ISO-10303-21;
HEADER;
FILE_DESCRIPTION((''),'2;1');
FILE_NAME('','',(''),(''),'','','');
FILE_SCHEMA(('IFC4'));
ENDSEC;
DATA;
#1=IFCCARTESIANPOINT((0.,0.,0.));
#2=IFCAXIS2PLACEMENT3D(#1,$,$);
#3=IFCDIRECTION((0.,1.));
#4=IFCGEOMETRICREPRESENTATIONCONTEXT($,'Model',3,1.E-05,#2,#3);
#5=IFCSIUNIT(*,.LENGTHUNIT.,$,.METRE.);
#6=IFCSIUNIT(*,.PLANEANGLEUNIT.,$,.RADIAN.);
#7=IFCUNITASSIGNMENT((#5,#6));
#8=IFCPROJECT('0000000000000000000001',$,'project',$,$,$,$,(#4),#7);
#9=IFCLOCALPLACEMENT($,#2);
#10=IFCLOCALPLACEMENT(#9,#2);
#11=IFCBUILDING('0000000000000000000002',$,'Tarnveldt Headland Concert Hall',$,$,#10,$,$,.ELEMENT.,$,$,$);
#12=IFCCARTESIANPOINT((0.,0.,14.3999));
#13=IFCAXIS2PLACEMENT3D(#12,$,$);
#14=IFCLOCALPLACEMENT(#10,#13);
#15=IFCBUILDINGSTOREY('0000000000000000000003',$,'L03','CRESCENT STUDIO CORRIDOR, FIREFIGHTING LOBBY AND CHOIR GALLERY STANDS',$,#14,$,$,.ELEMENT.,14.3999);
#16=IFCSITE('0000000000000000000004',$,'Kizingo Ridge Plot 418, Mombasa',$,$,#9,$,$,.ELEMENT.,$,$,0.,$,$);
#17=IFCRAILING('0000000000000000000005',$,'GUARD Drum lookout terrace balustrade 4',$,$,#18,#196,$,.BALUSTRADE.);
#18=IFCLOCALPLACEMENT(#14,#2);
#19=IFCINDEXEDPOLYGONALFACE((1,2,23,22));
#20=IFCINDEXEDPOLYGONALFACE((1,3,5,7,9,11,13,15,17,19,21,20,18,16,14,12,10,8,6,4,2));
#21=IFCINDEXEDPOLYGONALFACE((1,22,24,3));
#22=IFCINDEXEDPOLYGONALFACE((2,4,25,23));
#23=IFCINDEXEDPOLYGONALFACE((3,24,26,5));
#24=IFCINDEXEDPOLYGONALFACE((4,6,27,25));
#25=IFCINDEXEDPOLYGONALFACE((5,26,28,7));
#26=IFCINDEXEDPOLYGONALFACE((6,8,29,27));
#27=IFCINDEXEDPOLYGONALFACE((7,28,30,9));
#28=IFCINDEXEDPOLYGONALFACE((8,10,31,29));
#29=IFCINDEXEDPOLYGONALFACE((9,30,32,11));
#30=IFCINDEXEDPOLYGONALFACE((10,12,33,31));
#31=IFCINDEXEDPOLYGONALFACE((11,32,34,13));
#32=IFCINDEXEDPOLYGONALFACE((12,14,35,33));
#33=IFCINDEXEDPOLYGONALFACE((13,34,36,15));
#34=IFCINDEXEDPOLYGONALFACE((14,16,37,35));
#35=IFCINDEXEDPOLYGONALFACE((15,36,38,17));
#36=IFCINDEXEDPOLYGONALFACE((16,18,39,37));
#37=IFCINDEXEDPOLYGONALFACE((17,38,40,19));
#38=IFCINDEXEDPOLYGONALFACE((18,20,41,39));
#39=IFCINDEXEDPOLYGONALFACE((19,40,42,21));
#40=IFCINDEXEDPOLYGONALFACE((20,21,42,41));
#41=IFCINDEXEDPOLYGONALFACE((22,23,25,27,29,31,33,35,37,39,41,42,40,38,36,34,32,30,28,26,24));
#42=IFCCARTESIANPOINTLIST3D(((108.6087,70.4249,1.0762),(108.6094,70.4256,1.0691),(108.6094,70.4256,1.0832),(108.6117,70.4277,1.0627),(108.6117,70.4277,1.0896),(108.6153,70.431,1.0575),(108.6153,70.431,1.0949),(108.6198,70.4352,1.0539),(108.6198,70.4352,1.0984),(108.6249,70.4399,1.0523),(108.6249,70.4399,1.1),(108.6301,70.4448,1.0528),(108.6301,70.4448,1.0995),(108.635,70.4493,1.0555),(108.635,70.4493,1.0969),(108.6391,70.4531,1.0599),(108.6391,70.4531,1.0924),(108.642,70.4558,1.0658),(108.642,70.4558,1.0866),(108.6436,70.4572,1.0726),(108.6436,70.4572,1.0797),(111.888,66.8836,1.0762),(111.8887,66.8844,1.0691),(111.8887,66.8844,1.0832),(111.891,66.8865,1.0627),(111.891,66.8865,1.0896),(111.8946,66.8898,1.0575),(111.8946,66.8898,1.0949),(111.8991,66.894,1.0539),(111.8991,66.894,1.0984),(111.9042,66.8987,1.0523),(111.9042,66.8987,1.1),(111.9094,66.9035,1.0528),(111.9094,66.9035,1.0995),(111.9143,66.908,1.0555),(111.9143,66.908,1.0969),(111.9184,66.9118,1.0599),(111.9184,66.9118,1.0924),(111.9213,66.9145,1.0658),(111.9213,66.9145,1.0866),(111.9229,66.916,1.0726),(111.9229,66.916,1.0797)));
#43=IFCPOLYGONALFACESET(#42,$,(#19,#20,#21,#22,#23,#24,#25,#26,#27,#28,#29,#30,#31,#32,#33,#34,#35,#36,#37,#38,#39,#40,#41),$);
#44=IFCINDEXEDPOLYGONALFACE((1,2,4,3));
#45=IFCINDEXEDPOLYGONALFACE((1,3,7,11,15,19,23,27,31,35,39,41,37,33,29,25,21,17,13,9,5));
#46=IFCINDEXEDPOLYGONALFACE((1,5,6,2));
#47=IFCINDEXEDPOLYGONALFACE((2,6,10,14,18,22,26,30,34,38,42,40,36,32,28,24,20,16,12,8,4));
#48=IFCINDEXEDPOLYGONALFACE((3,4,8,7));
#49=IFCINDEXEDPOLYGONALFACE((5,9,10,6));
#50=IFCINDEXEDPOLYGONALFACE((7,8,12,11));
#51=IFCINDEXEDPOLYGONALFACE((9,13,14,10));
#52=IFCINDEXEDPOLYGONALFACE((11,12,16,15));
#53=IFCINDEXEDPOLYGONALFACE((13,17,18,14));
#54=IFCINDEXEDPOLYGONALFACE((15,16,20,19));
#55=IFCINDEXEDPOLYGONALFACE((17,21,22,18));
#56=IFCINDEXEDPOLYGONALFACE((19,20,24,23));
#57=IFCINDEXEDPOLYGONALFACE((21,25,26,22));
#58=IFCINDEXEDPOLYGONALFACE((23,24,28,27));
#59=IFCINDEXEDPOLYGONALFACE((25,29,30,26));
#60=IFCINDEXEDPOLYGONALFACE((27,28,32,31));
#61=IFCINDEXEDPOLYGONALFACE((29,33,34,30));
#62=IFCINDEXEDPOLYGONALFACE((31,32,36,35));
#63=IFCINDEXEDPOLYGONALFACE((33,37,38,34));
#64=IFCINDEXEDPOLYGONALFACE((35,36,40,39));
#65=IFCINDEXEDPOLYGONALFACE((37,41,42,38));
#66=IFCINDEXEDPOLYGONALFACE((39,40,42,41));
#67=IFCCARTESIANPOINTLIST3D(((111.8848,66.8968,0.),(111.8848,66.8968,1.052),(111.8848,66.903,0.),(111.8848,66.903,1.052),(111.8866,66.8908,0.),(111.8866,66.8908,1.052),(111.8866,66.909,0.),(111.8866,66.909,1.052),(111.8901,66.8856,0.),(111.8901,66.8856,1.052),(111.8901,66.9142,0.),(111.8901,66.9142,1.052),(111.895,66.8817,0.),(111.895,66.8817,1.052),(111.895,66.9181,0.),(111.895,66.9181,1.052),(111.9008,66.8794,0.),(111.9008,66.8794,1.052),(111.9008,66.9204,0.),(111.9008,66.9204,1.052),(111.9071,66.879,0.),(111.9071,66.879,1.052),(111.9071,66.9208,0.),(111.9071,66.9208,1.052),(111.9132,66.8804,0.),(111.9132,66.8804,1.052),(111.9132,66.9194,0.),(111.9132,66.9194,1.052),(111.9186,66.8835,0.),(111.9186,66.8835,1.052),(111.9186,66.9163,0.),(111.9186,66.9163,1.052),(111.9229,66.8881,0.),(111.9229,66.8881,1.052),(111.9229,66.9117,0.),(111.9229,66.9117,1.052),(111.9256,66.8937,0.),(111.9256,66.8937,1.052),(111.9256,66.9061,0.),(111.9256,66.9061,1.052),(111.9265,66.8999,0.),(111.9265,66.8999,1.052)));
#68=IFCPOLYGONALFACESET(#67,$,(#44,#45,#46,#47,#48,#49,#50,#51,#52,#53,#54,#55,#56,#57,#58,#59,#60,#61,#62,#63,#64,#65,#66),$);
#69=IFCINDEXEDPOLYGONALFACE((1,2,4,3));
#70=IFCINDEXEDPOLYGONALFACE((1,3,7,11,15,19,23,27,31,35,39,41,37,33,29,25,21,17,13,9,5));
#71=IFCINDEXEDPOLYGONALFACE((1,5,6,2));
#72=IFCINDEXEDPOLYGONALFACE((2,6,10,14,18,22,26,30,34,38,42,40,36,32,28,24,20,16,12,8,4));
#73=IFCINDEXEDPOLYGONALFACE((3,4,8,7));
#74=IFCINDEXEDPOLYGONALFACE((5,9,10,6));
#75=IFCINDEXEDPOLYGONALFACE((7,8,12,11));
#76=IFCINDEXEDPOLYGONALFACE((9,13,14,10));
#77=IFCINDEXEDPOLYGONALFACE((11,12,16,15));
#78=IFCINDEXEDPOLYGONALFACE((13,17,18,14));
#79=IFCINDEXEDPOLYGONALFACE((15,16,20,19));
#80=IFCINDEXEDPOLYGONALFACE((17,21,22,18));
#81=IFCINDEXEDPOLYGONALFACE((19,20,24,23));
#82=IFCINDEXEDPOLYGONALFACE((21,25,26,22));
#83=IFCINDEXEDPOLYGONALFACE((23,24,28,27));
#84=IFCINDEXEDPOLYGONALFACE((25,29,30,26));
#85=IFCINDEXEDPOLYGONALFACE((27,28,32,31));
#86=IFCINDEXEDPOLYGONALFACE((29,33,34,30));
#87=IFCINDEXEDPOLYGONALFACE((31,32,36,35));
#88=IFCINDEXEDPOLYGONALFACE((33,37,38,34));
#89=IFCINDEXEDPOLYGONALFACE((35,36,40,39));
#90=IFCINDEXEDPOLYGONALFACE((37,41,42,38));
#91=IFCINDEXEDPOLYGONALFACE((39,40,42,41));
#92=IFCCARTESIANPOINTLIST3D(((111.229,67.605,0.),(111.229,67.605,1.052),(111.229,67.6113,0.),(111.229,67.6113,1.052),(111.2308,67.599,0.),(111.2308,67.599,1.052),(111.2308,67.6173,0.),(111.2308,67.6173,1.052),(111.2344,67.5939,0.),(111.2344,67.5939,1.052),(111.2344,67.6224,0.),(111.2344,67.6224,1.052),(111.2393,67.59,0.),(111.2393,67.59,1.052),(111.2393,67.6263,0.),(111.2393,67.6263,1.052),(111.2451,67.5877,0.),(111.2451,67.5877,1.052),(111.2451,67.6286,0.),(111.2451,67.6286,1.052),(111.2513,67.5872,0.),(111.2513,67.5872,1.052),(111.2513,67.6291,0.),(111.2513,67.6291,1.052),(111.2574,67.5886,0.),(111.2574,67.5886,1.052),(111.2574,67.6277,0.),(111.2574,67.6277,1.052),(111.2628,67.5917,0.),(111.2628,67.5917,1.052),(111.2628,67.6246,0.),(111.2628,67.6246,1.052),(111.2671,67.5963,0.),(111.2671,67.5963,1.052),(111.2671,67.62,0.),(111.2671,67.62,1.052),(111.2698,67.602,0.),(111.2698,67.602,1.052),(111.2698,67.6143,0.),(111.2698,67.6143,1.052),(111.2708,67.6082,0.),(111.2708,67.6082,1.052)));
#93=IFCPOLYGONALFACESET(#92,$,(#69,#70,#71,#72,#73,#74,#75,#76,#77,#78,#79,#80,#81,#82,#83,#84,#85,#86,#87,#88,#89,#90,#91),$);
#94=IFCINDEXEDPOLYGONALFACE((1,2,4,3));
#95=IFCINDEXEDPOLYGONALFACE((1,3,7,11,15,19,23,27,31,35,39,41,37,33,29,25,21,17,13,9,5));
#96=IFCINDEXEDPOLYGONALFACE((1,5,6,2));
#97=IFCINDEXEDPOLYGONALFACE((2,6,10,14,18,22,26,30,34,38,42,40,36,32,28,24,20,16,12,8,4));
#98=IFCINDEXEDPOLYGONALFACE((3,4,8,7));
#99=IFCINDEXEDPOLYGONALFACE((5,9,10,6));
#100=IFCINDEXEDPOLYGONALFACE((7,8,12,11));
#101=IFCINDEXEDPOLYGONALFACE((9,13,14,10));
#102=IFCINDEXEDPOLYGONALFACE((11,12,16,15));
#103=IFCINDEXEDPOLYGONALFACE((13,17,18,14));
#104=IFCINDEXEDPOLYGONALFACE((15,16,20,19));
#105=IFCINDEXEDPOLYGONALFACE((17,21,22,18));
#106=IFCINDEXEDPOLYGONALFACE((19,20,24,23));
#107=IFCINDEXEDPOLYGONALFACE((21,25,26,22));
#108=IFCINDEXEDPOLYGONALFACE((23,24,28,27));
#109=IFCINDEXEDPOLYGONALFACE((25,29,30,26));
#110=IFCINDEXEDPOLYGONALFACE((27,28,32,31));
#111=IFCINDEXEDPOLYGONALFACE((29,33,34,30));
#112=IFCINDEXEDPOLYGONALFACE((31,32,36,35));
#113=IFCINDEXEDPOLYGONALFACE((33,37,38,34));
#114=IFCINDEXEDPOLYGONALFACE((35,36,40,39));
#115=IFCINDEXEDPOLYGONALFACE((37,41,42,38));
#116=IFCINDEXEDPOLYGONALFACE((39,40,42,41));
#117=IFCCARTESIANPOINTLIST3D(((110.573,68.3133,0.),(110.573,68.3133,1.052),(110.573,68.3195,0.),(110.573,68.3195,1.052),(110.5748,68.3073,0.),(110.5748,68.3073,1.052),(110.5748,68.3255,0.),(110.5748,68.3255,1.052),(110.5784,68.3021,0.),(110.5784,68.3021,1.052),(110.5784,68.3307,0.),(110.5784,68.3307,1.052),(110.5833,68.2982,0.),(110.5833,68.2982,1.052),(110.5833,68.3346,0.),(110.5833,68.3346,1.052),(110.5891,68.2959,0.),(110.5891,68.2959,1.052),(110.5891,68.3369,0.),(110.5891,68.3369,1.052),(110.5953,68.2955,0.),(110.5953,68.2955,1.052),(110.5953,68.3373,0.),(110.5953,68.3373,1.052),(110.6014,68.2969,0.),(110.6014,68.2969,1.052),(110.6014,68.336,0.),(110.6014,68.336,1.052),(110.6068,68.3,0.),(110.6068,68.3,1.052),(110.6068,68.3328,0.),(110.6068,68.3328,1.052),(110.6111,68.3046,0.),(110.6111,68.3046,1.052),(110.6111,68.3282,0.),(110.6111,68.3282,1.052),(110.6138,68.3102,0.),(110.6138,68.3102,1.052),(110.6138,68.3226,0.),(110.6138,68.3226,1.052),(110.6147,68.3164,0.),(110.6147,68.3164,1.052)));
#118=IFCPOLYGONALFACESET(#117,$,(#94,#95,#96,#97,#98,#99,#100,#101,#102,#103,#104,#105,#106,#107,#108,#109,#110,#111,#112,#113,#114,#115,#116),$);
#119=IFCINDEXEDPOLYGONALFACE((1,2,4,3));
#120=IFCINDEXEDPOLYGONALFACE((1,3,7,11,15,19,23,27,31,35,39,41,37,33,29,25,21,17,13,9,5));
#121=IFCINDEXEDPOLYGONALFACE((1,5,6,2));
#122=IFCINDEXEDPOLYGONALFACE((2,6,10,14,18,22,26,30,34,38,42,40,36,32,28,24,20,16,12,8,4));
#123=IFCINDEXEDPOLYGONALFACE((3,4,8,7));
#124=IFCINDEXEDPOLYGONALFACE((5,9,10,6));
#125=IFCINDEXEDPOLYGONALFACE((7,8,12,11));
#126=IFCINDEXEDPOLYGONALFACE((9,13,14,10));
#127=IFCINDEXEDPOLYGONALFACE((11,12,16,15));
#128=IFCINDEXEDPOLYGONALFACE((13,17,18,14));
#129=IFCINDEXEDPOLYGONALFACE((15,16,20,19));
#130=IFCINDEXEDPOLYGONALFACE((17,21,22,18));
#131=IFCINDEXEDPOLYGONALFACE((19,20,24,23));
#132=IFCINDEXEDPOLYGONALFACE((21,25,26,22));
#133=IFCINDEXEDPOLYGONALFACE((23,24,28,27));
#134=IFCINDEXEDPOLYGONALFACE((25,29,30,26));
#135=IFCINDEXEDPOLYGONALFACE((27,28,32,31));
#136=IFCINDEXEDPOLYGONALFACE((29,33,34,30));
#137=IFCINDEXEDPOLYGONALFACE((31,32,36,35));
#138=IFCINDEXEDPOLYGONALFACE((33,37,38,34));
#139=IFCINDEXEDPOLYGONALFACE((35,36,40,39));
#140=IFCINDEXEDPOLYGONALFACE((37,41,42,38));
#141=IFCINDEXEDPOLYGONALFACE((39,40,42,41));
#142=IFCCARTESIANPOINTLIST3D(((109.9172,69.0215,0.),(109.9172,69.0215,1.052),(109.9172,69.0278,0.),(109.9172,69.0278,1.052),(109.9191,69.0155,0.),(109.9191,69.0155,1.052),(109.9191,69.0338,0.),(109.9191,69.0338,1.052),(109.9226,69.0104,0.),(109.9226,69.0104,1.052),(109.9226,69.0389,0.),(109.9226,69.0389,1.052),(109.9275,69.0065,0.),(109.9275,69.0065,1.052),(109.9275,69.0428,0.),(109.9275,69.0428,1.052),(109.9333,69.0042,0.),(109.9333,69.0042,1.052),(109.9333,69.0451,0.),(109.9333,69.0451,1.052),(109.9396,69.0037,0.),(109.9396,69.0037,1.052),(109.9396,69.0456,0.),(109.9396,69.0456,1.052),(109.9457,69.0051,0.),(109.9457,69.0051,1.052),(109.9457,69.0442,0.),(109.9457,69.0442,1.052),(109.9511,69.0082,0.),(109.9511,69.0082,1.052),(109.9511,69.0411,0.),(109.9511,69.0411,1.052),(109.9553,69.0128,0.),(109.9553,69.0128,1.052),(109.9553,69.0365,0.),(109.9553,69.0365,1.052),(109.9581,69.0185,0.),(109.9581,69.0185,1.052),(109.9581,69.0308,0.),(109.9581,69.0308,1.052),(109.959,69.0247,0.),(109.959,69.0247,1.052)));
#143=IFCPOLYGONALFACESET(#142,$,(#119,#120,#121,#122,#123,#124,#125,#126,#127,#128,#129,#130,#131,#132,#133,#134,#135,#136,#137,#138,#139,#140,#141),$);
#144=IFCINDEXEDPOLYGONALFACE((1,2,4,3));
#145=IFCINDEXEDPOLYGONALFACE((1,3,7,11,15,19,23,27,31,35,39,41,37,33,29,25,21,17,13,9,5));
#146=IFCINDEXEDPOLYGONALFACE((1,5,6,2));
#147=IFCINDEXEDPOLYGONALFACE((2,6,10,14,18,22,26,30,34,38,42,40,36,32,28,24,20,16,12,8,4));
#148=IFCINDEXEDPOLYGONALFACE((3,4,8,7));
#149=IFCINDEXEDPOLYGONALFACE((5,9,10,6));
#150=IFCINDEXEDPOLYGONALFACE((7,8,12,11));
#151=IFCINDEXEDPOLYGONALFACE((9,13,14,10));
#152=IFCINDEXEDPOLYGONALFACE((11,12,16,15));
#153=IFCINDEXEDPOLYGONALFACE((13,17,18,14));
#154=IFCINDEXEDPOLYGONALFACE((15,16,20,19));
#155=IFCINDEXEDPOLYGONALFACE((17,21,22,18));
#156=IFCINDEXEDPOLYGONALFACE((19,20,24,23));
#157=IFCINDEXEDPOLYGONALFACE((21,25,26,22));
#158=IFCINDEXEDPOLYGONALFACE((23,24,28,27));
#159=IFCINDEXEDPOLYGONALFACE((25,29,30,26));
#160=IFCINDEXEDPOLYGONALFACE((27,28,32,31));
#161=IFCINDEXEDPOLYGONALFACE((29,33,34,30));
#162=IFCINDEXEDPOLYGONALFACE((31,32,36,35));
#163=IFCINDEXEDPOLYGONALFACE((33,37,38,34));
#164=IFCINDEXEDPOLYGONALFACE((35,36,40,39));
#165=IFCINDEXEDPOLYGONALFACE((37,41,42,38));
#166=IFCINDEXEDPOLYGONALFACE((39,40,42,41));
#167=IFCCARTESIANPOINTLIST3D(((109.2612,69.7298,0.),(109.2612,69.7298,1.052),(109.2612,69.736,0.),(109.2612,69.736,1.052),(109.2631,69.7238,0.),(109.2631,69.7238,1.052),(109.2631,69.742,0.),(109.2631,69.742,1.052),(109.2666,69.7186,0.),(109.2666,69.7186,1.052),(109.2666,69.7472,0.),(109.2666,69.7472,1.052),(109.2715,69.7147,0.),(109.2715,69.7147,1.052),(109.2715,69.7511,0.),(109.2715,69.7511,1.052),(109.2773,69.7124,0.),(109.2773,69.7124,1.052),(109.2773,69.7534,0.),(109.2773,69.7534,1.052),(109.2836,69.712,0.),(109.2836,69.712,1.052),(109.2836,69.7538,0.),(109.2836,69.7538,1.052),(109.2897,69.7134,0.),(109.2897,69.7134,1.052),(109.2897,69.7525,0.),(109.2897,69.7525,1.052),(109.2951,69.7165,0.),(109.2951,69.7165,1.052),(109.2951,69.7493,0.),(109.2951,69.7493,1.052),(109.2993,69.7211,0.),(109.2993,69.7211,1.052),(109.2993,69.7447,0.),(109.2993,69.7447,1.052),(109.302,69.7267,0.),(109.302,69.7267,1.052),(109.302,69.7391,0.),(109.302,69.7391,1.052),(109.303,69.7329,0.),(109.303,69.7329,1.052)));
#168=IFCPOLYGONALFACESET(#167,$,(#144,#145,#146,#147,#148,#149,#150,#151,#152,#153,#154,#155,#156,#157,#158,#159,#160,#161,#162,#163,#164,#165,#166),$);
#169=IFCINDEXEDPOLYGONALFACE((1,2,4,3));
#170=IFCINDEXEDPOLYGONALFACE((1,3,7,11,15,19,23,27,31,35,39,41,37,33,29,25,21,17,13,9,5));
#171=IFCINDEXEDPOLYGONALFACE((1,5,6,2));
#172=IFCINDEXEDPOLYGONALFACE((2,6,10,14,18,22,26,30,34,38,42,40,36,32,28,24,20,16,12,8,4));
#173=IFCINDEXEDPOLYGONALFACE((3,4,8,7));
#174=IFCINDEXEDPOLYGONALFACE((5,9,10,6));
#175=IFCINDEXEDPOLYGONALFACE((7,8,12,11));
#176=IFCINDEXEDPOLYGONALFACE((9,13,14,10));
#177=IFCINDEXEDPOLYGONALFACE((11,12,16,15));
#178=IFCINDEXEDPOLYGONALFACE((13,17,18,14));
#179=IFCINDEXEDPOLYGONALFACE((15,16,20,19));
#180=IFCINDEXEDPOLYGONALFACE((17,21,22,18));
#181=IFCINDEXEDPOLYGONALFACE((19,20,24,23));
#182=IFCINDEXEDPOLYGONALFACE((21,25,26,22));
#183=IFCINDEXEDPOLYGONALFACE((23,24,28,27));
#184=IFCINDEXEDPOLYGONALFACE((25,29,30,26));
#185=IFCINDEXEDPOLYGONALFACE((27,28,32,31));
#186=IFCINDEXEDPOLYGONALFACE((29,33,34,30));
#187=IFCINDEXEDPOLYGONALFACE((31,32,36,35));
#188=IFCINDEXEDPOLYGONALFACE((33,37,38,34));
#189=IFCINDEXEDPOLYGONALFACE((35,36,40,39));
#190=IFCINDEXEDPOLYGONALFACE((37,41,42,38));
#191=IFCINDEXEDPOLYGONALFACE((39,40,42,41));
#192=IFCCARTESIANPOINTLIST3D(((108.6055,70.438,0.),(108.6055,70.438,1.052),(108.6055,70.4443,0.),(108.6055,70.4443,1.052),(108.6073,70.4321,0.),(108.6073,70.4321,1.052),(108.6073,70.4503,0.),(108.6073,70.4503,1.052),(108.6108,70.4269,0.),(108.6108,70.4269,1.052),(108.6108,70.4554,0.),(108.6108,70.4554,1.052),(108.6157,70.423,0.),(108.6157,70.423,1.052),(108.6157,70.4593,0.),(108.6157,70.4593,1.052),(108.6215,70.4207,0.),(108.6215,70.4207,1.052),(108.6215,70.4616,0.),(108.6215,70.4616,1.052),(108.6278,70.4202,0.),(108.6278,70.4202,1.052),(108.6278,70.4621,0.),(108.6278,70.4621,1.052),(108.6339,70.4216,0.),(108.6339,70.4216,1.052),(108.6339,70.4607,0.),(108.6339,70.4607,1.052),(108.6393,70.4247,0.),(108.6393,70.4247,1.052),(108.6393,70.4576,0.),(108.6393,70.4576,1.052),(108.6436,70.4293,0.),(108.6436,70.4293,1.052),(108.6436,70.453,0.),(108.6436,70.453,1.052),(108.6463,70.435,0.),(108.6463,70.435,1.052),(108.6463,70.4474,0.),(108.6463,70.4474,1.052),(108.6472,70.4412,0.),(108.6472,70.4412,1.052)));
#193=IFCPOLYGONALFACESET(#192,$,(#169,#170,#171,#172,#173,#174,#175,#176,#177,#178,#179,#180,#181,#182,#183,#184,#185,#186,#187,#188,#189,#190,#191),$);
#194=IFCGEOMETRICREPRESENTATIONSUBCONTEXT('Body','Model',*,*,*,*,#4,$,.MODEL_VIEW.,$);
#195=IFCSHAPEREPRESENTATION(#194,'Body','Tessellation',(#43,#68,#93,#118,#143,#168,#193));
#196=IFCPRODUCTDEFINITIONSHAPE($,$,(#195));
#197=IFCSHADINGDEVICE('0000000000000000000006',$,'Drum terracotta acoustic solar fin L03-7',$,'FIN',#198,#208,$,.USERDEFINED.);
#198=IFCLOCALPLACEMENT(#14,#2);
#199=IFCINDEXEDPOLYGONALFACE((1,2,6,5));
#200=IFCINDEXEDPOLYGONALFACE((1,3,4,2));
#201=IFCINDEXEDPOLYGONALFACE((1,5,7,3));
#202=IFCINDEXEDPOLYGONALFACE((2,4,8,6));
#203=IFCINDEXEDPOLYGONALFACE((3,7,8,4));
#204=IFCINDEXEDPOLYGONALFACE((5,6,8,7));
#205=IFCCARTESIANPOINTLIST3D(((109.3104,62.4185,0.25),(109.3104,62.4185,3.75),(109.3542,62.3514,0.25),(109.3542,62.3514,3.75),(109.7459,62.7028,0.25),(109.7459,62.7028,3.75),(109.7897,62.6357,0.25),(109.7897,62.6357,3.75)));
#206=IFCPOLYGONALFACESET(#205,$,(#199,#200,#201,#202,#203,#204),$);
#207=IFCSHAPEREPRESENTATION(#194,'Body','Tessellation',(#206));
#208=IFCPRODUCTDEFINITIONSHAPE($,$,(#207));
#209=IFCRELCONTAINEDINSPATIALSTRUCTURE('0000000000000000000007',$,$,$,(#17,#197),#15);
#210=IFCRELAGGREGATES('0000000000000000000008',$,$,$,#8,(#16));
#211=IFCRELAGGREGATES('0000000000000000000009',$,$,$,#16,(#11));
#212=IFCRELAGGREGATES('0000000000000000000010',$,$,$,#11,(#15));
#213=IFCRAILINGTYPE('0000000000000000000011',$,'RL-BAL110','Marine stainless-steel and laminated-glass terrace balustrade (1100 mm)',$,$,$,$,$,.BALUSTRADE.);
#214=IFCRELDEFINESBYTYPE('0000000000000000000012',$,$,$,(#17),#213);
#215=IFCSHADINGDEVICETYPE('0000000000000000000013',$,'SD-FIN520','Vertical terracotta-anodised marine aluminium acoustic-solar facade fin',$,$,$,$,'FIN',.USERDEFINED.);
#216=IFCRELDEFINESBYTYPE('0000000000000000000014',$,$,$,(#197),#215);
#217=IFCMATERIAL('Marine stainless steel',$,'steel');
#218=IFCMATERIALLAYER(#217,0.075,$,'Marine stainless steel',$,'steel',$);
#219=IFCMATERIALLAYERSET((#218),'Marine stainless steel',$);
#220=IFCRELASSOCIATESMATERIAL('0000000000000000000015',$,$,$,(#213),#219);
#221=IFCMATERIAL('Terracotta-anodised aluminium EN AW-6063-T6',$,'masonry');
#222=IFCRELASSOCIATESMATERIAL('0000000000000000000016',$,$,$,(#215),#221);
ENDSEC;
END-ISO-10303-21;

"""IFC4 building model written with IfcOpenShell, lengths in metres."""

from ifc_helpers import new_model, si_unit, direction, frame, origin, origin_2d, place, context, subcontext, project, spatial, rectangle, circle, extrude, material, layer, layer_set, type_object, element, save


model = new_model("IFC4")

# Units and contexts
model_context = context("Model", 3, precision=1e-05, world=origin(), true_north=direction((0.0, 1.0)))
body_context = subcontext(model_context, "Body", "Model", "MODEL_VIEW")
ifc_project = project(units=[si_unit("LENGTHUNIT", "METRE"), si_unit("PLANEANGLEUNIT", "RADIAN")], contexts=[model_context])

# Site, building, storey
site_placement = place(None, origin())
site = spatial("IfcSite", under=ifc_project, at=site_placement, Name="Kizingo Ridge Plot 418, Mombasa", CompositionType="ELEMENT", RefElevation=0.0)
building_placement = place(site_placement, origin())
building = spatial("IfcBuilding", under=site, at=building_placement, Name="Tarnveldt Headland Concert Hall", CompositionType="ELEMENT")
storey_placement = place(building_placement, frame((0.0, 0.0, 14.3999)))
storey = spatial("IfcBuildingStorey", under=building, at=storey_placement, Name="L03", Description="CRESCENT STUDIO CORRIDOR, FIREFIGHTING LOBBY AND CHOIR GALLERY STANDS", CompositionType="ELEMENT", Elevation=14.3999)

# Railing
ifc_material_1 = material(Name="Marine stainless steel", Category="steel")
ifc_layer_1 = layer(ifc_material_1, 0.075, Name="Marine stainless steel", Category="steel")
ifc_layer_set_1 = layer_set([ifc_layer_1], Name="Marine stainless steel")
railing_type = type_object("IfcRailingType", Name="RL-BAL110", Description="Marine stainless-steel and laminated-glass terrace balustrade (1100 mm)", PredefinedType="BALUSTRADE", material=ifc_layer_set_1)
railing_1_placement = place(storey_placement, frame((111.9055, 66.8999, 0.0)))
element("IfcRailing", 1, at=railing_1_placement, inside=storey, type_object=railing_type, Name="GUARD Drum lookout terrace balustrade 4", PredefinedType="BALUSTRADE", context=body_context, shape_type="SweptSolid", body=[
    extrude(circle(Radius=0.0239, at=origin_2d()), frame((0.0, 0.0, 1.0762), z_axis=(-0.679447, 0.733724, 0.0), x_axis=(-0.733724, -0.679447, 0.0)), (0.0, 0.0, 1.0), 4.8264),
    extrude(circle(Radius=0.021, at=origin_2d()), origin(), (0.0, 0.0, 1.0), 1.052),
    extrude(circle(Radius=0.021, at=origin_2d()), frame((-0.6558, 0.7083, 0.0)), (0.0, 0.0, 1.0), 1.052),
    extrude(circle(Radius=0.021, at=origin_2d()), frame((-1.3118, 1.4165, 0.0)), (0.0, 0.0, 1.0), 1.052),
    extrude(circle(Radius=0.021, at=origin_2d()), frame((-1.9675, 2.1248, 0.0)), (0.0, 0.0, 1.0), 1.052),
    extrude(circle(Radius=0.021, at=origin_2d()), frame((-2.6235, 2.833, 0.0)), (0.0, 0.0, 1.0), 1.052),
    extrude(circle(Radius=0.021, at=origin_2d()), frame((-3.2793, 3.5413, 0.0)), (0.0, 0.0, 1.0), 1.052),
])

# Shading device
ifc_material_2 = material(Name="Terracotta-anodised aluminium EN AW-6063-T6", Category="masonry")
shading_device_type = type_object("IfcShadingDeviceType", Name="SD-FIN520", Description="Vertical terracotta-anodised marine aluminium acoustic-solar facade fin", ElementType="FIN", PredefinedType="USERDEFINED", material=ifc_material_2)
for number, where, z_axis, x_axis, name in (
    (2, (109.55, 62.5271, 0.25), (0.0, 0.0, 1.0), (0.837337, 0.546687, 0.0), "Drum terracotta acoustic solar fin L03-7"),
):
    element("IfcShadingDevice", number, at=place(storey_placement, frame(where, z_axis=z_axis, x_axis=x_axis)), inside=storey, type_object=shading_device_type, Name=name, ObjectType="FIN", PredefinedType="USERDEFINED", context=body_context, shape_type="SweptSolid", body=[
        extrude(rectangle(XDim=0.52, YDim=0.0801, at=origin_2d()), origin(), (0.0, 0.0, 1.0), 3.5),
    ])

save(model, "model.ifc")
